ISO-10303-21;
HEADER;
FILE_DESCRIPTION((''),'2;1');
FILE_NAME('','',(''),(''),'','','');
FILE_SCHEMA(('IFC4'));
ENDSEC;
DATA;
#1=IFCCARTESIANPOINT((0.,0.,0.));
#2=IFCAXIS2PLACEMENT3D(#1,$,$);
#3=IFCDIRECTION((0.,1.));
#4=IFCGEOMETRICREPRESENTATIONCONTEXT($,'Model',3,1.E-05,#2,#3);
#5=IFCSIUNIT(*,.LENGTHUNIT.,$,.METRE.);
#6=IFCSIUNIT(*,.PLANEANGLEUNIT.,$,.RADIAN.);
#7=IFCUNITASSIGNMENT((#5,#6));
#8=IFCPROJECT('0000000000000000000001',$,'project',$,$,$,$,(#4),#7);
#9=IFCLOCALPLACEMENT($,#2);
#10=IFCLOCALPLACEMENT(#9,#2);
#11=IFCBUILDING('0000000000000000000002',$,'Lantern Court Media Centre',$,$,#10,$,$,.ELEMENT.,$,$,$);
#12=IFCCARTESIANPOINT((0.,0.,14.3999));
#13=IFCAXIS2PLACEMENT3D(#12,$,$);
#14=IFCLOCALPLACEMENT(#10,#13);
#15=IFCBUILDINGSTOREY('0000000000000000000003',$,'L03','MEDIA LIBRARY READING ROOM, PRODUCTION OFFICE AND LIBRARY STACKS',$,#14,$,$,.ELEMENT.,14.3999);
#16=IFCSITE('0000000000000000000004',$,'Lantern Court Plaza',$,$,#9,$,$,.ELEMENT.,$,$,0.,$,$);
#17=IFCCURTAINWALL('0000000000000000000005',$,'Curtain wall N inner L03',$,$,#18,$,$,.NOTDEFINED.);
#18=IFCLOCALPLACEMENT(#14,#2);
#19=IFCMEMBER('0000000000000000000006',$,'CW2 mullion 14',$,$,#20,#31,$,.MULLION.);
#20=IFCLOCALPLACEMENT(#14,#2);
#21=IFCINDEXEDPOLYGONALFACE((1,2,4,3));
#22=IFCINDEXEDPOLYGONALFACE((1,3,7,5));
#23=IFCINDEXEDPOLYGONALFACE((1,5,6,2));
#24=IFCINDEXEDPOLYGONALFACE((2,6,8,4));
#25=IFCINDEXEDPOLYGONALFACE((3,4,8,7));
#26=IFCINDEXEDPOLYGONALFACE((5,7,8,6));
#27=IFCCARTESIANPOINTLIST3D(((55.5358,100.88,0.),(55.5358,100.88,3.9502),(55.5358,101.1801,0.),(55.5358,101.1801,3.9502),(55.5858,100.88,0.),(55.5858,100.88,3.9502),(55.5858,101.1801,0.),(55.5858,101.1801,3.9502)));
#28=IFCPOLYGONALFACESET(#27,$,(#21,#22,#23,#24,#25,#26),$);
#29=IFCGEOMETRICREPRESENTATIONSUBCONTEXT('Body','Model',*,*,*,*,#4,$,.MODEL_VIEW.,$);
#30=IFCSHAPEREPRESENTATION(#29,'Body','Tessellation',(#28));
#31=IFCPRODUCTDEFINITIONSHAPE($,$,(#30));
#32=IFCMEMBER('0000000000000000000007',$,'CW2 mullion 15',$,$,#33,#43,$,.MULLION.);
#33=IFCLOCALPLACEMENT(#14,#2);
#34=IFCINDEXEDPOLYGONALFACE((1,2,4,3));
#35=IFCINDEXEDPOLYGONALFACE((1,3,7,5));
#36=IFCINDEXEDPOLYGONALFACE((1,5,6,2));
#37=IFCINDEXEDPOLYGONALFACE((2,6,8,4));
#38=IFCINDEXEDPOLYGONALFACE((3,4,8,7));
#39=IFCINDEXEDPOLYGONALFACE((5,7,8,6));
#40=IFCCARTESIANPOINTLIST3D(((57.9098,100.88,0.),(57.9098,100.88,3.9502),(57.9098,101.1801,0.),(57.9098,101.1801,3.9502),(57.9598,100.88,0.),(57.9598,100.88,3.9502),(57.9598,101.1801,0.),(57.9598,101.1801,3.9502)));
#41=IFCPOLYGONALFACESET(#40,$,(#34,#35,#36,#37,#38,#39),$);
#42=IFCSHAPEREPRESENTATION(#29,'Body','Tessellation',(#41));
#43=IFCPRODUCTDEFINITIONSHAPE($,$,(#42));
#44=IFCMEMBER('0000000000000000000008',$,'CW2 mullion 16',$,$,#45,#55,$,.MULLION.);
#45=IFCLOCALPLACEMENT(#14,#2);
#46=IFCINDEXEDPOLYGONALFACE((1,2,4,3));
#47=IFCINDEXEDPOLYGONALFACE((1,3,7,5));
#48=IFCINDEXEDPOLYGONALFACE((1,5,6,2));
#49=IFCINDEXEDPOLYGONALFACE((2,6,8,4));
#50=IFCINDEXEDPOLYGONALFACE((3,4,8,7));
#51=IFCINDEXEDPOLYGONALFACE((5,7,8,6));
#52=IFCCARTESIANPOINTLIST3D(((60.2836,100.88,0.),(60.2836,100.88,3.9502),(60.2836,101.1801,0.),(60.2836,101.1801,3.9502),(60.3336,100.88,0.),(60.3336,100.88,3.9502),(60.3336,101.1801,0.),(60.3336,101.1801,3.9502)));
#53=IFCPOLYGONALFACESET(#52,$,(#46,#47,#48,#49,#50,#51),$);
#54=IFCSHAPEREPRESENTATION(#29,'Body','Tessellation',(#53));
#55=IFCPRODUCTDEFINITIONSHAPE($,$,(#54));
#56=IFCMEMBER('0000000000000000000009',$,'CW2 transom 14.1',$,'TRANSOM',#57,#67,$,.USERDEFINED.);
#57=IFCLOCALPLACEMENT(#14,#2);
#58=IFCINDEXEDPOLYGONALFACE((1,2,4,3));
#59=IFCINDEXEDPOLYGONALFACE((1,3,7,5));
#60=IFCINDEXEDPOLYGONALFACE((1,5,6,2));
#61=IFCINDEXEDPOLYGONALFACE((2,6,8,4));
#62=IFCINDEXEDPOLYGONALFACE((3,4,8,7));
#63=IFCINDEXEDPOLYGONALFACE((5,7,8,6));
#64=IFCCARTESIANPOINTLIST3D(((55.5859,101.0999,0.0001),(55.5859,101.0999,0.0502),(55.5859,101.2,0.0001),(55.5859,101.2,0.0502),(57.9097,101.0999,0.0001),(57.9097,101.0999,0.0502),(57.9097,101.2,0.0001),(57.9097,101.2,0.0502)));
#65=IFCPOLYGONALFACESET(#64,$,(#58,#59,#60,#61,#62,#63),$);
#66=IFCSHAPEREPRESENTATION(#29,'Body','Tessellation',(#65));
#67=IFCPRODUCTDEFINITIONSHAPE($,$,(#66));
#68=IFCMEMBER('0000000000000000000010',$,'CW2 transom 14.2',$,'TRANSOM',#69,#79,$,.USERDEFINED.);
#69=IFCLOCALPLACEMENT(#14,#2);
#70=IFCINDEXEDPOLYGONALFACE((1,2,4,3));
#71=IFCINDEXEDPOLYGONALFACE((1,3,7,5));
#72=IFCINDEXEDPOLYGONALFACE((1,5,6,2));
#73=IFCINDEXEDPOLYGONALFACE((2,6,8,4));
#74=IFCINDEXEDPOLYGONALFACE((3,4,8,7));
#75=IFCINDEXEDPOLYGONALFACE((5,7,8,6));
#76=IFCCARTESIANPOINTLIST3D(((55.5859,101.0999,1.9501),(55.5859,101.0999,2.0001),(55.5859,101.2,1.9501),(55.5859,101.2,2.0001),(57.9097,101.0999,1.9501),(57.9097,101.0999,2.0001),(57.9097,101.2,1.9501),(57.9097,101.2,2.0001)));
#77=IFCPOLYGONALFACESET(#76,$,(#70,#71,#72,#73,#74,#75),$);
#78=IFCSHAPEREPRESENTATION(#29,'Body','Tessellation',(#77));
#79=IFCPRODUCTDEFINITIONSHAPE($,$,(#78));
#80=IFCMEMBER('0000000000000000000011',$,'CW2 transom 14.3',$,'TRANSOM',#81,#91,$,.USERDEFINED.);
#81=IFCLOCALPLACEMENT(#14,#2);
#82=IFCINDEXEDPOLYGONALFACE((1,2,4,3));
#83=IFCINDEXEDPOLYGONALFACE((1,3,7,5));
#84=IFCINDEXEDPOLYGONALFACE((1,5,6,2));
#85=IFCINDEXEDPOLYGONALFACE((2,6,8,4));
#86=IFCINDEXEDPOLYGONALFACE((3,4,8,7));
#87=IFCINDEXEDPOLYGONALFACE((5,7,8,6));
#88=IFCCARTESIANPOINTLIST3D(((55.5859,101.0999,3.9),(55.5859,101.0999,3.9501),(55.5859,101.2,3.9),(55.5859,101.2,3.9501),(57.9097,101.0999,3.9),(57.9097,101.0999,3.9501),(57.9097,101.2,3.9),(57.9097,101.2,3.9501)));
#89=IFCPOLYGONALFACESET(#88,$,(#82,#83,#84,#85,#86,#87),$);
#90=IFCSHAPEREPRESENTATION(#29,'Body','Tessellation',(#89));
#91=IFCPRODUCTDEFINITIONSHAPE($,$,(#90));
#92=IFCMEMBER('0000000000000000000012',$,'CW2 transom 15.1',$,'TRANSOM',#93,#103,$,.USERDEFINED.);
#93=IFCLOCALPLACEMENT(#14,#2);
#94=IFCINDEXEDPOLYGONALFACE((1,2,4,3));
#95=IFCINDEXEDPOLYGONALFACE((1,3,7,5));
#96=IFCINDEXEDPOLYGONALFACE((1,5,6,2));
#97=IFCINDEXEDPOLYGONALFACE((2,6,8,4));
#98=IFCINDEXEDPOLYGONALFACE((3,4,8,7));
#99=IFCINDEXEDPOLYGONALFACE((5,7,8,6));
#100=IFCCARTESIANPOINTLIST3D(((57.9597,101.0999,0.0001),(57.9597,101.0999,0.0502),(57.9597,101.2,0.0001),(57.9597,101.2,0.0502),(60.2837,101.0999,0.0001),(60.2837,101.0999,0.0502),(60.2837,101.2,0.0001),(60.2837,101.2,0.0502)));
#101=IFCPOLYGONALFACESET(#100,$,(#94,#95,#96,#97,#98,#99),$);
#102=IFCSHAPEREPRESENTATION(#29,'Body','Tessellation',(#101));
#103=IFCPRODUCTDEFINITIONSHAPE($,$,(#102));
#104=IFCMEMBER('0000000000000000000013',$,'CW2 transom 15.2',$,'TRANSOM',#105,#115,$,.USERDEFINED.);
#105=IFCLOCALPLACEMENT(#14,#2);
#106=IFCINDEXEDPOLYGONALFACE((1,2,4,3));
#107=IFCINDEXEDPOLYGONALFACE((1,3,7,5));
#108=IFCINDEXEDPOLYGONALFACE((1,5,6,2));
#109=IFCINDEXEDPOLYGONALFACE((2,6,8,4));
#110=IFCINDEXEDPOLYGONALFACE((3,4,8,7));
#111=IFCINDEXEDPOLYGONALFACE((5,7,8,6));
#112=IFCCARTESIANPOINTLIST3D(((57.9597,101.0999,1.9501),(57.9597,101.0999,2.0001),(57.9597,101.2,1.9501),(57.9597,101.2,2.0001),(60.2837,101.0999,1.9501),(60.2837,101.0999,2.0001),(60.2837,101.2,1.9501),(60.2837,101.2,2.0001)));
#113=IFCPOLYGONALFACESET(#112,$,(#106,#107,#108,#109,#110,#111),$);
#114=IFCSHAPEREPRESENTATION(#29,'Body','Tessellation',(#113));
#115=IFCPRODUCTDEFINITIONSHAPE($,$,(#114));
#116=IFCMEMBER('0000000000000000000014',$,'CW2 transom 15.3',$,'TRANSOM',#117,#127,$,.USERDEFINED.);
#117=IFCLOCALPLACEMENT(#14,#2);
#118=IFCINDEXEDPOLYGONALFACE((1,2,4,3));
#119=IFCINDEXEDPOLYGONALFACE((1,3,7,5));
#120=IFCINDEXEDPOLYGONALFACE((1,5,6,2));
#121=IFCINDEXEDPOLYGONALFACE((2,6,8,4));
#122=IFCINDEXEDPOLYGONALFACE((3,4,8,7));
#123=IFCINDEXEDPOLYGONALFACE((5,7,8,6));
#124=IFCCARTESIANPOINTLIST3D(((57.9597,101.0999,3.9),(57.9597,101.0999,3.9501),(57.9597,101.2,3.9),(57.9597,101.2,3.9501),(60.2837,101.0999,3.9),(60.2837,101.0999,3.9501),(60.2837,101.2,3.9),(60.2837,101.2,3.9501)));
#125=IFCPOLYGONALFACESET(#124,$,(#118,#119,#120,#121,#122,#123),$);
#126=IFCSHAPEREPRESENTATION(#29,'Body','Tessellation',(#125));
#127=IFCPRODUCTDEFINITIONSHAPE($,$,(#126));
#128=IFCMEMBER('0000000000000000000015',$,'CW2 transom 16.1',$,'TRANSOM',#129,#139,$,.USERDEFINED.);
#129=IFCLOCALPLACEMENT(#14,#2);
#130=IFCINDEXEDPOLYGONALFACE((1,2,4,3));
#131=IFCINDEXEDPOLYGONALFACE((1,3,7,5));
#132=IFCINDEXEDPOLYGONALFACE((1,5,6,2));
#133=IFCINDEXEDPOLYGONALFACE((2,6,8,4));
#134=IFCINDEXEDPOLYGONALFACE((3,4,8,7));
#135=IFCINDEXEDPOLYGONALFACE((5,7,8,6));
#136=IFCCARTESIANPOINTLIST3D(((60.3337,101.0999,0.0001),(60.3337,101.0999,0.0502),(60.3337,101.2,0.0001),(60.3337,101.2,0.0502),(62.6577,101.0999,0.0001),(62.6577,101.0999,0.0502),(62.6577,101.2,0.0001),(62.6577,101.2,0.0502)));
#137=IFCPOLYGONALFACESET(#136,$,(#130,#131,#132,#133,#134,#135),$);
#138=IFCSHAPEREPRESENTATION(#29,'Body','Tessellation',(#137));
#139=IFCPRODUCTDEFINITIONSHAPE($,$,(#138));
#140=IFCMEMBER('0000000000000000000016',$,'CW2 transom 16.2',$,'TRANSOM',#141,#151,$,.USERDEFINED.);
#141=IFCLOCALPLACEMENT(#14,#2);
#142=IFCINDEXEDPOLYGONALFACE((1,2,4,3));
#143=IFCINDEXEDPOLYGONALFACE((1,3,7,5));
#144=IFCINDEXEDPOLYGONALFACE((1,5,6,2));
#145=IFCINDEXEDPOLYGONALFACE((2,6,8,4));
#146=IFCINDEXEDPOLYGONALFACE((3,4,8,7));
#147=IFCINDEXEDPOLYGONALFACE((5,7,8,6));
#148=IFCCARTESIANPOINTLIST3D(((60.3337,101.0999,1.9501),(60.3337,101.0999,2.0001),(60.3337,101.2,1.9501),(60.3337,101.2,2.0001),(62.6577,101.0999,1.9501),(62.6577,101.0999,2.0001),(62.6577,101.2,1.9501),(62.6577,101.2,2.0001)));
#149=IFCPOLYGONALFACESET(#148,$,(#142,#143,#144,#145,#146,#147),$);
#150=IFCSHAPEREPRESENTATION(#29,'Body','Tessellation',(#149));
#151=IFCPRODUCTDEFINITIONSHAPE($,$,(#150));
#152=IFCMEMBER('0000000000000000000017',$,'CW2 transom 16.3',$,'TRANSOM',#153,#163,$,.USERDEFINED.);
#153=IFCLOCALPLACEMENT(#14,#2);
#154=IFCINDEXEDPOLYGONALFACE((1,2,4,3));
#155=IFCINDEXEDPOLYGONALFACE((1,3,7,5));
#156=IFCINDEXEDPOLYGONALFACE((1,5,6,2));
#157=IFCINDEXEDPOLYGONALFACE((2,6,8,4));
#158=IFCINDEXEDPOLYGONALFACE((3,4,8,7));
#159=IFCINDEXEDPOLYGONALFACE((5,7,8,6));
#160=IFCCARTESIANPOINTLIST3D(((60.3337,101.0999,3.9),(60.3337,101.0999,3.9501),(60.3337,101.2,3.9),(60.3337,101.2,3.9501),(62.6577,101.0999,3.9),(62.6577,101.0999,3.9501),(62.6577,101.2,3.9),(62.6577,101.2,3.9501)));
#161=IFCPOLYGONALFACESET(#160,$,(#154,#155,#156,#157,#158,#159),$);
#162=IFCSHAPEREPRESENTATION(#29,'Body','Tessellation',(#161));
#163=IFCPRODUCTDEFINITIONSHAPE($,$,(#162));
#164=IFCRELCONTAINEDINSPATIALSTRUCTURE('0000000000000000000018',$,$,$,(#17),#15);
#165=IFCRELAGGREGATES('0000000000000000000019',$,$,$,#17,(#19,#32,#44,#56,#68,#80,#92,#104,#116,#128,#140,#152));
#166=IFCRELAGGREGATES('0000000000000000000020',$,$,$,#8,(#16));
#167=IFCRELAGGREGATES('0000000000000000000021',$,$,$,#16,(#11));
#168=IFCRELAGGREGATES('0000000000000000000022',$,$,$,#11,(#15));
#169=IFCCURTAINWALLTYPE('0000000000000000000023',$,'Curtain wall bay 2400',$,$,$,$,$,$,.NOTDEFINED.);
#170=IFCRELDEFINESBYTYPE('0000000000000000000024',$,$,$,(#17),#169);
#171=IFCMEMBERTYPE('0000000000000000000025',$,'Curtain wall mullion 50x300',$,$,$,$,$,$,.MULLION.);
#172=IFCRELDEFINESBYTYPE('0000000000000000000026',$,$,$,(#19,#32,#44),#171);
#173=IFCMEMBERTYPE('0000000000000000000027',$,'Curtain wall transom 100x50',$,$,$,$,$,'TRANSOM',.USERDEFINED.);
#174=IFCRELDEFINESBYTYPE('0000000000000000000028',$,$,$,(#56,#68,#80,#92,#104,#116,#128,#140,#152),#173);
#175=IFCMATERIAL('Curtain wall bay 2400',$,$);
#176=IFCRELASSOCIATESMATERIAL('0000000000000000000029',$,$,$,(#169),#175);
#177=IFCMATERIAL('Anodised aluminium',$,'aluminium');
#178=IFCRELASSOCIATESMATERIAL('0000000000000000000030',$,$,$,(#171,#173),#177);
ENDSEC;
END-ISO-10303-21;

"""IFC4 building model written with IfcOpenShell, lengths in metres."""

from ifc_helpers import new_model, si_unit, direction, frame, origin, origin_2d, place, context, subcontext, project, spatial, rectangle, extrude, material, material_profile, profile_set, type_object, element, aggregate, save


model = new_model("IFC4")

# Units and contexts
model_context = context("Model", 3, precision=1e-05, world=origin(), true_north=direction((0.0, 1.0)))
body_context = subcontext(model_context, "Body", "Model", "MODEL_VIEW")
ifc_project = project(units=[si_unit("LENGTHUNIT", "METRE"), si_unit("PLANEANGLEUNIT", "RADIAN")], contexts=[model_context])

# Site, building, storey
site_placement = place(None, origin())
site = spatial("IfcSite", under=ifc_project, at=site_placement, Name="Lantern Court Plaza", CompositionType="ELEMENT", RefElevation=0.0)
building_placement = place(site_placement, origin())
building = spatial("IfcBuilding", under=site, at=building_placement, Name="Lantern Court Media Centre", CompositionType="ELEMENT")
storey_placement = place(building_placement, frame((0.0, 0.0, 14.3999)))
storey = spatial("IfcBuildingStorey", under=building, at=storey_placement, Name="L03", Description="MEDIA LIBRARY READING ROOM, PRODUCTION OFFICE AND LIBRARY STACKS", CompositionType="ELEMENT", Elevation=14.3999)

# Curtain wall, members
ifc_material_1 = material(Name="Curtain wall bay 2400")
curtain_wall_type = type_object("IfcCurtainWallType", Name="Curtain wall bay 2400", PredefinedType="NOTDEFINED", material=ifc_material_1)
curtain_wall_placement = place(storey_placement, origin())
curtain_wall = element("IfcCurtainWall", 1, at=curtain_wall_placement, inside=storey, type_object=curtain_wall_type, Name="Curtain wall N inner L03", PredefinedType="NOTDEFINED")
ifc_material_2 = material(Name="Anodised aluminium", Category="aluminium")
ifc_material_profile_1 = material_profile(ifc_material_2, rectangle(XDim=0.3, YDim=0.05, at=origin_2d()), Name="AL 50x300")
ifc_profile_set_1 = profile_set([ifc_material_profile_1], Name="Anodised aluminium")
member_type_1 = type_object("IfcMemberType", Name="Curtain wall mullion 50x300", PredefinedType="MULLION", material=ifc_profile_set_1)
member_1_placement = place(storey_placement, frame((55.5608, 101.03, 0.0), z_axis=(0.0, 0.0, 1.0), x_axis=(0.0, 1.0, 0.0)))
member_1 = element("IfcMember", 2, at=member_1_placement, type_object=member_type_1, Name="CW2 mullion 14", PredefinedType="MULLION", context=body_context, shape_type="SweptSolid", body=[
    extrude(rectangle(XDim=0.3, YDim=0.05, at=origin_2d()), origin(), (0.0, 0.0, 1.0), 3.9502),
])
member_2_placement = place(storey_placement, frame((57.9348, 101.03, 0.0), z_axis=(0.0, 0.0, 1.0), x_axis=(0.0, 1.0, 0.0)))
member_2 = element("IfcMember", 3, at=member_2_placement, type_object=member_type_1, Name="CW2 mullion 15", PredefinedType="MULLION", context=body_context, shape_type="SweptSolid", body=[
    extrude(rectangle(XDim=0.3, YDim=0.05, at=origin_2d()), origin(), (0.0, 0.0, 1.0), 3.9502),
])
member_3_placement = place(storey_placement, frame((60.3086, 101.03, 0.0), z_axis=(0.0, 0.0, 1.0), x_axis=(0.0, 1.0, 0.0)))
member_3 = element("IfcMember", 4, at=member_3_placement, type_object=member_type_1, Name="CW2 mullion 16", PredefinedType="MULLION", context=body_context, shape_type="SweptSolid", body=[
    extrude(rectangle(XDim=0.3, YDim=0.05, at=origin_2d()), origin(), (0.0, 0.0, 1.0), 3.9502),
])
ifc_material_profile_2 = material_profile(ifc_material_2, rectangle(XDim=0.1001, YDim=0.05, at=origin_2d()), Name="AL 50x100")
ifc_profile_set_2 = profile_set([ifc_material_profile_2], Name="Anodised aluminium")
member_type_2 = type_object("IfcMemberType", Name="Curtain wall transom 100x50", ElementType="TRANSOM", PredefinedType="USERDEFINED", material=ifc_profile_set_2)
member_4_placement = place(storey_placement, frame((55.5859, 101.1499, 0.0251), z_axis=(1.0, 0.0, 0.0), x_axis=(0.0, 1.0, 0.0)))
member_4 = element("IfcMember", 5, at=member_4_placement, type_object=member_type_2, Name="CW2 transom 14.1", ObjectType="TRANSOM", PredefinedType="USERDEFINED", context=body_context, shape_type="SweptSolid", body=[
    extrude(rectangle(XDim=0.1001, YDim=0.05, at=origin_2d()), origin(), (0.0, 0.0, 1.0), 2.3237),
])
member_5_placement = place(storey_placement, frame((55.5859, 101.1499, 1.9751), z_axis=(1.0, 0.0, 0.0), x_axis=(0.0, 1.0, 0.0)))
member_5 = element("IfcMember", 6, at=member_5_placement, type_object=member_type_2, Name="CW2 transom 14.2", ObjectType="TRANSOM", PredefinedType="USERDEFINED", context=body_context, shape_type="SweptSolid", body=[
    extrude(rectangle(XDim=0.1001, YDim=0.05, at=origin_2d()), origin(), (0.0, 0.0, 1.0), 2.3237),
])
member_6_placement = place(storey_placement, frame((55.5859, 101.1499, 3.925), z_axis=(1.0, 0.0, 0.0), x_axis=(0.0, 1.0, 0.0)))
member_6 = element("IfcMember", 7, at=member_6_placement, type_object=member_type_2, Name="CW2 transom 14.3", ObjectType="TRANSOM", PredefinedType="USERDEFINED", context=body_context, shape_type="SweptSolid", body=[
    extrude(rectangle(XDim=0.1001, YDim=0.05, at=origin_2d()), origin(), (0.0, 0.0, 1.0), 2.3237),
])
member_7_placement = place(storey_placement, frame((57.9597, 101.1499, 0.0251), z_axis=(1.0, 0.0, 0.0), x_axis=(0.0, 1.0, 0.0)))
member_7 = element("IfcMember", 8, at=member_7_placement, type_object=member_type_2, Name="CW2 transom 15.1", ObjectType="TRANSOM", PredefinedType="USERDEFINED", context=body_context, shape_type="SweptSolid", body=[
    extrude(rectangle(XDim=0.1001, YDim=0.05, at=origin_2d()), origin(), (0.0, 0.0, 1.0), 2.324),
])
member_8_placement = place(storey_placement, frame((57.9597, 101.1499, 1.9751), z_axis=(1.0, 0.0, 0.0), x_axis=(0.0, 1.0, 0.0)))
member_8 = element("IfcMember", 9, at=member_8_placement, type_object=member_type_2, Name="CW2 transom 15.2", ObjectType="TRANSOM", PredefinedType="USERDEFINED", context=body_context, shape_type="SweptSolid", body=[
    extrude(rectangle(XDim=0.1001, YDim=0.05, at=origin_2d()), origin(), (0.0, 0.0, 1.0), 2.324),
])
member_9_placement = place(storey_placement, frame((57.9597, 101.1499, 3.925), z_axis=(1.0, 0.0, 0.0), x_axis=(0.0, 1.0, 0.0)))
member_9 = element("IfcMember", 10, at=member_9_placement, type_object=member_type_2, Name="CW2 transom 15.3", ObjectType="TRANSOM", PredefinedType="USERDEFINED", context=body_context, shape_type="SweptSolid", body=[
    extrude(rectangle(XDim=0.1001, YDim=0.05, at=origin_2d()), origin(), (0.0, 0.0, 1.0), 2.324),
])
member_10_placement = place(storey_placement, frame((60.3337, 101.1499, 0.0251), z_axis=(1.0, 0.0, 0.0), x_axis=(0.0, 1.0, 0.0)))
member_10 = element("IfcMember", 11, at=member_10_placement, type_object=member_type_2, Name="CW2 transom 16.1", ObjectType="TRANSOM", PredefinedType="USERDEFINED", context=body_context, shape_type="SweptSolid", body=[
    extrude(rectangle(XDim=0.1001, YDim=0.05, at=origin_2d()), origin(), (0.0, 0.0, 1.0), 2.324),
])
member_11_placement = place(storey_placement, frame((60.3337, 101.1499, 1.9751), z_axis=(1.0, 0.0, 0.0), x_axis=(0.0, 1.0, 0.0)))
member_11 = element("IfcMember", 12, at=member_11_placement, type_object=member_type_2, Name="CW2 transom 16.2", ObjectType="TRANSOM", PredefinedType="USERDEFINED", context=body_context, shape_type="SweptSolid", body=[
    extrude(rectangle(XDim=0.1001, YDim=0.05, at=origin_2d()), origin(), (0.0, 0.0, 1.0), 2.324),
])
member_12_placement = place(storey_placement, frame((60.3337, 101.1499, 3.925), z_axis=(1.0, 0.0, 0.0), x_axis=(0.0, 1.0, 0.0)))
member_12 = element("IfcMember", 13, at=member_12_placement, type_object=member_type_2, Name="CW2 transom 16.3", ObjectType="TRANSOM", PredefinedType="USERDEFINED", context=body_context, shape_type="SweptSolid", body=[
    extrude(rectangle(XDim=0.1001, YDim=0.05, at=origin_2d()), origin(), (0.0, 0.0, 1.0), 2.324),
])

aggregate(curtain_wall, [member_1, member_2, member_3, member_4, member_5, member_6, member_7, member_8, member_9, member_10, member_11, member_12])

save(model, "model.ifc")
